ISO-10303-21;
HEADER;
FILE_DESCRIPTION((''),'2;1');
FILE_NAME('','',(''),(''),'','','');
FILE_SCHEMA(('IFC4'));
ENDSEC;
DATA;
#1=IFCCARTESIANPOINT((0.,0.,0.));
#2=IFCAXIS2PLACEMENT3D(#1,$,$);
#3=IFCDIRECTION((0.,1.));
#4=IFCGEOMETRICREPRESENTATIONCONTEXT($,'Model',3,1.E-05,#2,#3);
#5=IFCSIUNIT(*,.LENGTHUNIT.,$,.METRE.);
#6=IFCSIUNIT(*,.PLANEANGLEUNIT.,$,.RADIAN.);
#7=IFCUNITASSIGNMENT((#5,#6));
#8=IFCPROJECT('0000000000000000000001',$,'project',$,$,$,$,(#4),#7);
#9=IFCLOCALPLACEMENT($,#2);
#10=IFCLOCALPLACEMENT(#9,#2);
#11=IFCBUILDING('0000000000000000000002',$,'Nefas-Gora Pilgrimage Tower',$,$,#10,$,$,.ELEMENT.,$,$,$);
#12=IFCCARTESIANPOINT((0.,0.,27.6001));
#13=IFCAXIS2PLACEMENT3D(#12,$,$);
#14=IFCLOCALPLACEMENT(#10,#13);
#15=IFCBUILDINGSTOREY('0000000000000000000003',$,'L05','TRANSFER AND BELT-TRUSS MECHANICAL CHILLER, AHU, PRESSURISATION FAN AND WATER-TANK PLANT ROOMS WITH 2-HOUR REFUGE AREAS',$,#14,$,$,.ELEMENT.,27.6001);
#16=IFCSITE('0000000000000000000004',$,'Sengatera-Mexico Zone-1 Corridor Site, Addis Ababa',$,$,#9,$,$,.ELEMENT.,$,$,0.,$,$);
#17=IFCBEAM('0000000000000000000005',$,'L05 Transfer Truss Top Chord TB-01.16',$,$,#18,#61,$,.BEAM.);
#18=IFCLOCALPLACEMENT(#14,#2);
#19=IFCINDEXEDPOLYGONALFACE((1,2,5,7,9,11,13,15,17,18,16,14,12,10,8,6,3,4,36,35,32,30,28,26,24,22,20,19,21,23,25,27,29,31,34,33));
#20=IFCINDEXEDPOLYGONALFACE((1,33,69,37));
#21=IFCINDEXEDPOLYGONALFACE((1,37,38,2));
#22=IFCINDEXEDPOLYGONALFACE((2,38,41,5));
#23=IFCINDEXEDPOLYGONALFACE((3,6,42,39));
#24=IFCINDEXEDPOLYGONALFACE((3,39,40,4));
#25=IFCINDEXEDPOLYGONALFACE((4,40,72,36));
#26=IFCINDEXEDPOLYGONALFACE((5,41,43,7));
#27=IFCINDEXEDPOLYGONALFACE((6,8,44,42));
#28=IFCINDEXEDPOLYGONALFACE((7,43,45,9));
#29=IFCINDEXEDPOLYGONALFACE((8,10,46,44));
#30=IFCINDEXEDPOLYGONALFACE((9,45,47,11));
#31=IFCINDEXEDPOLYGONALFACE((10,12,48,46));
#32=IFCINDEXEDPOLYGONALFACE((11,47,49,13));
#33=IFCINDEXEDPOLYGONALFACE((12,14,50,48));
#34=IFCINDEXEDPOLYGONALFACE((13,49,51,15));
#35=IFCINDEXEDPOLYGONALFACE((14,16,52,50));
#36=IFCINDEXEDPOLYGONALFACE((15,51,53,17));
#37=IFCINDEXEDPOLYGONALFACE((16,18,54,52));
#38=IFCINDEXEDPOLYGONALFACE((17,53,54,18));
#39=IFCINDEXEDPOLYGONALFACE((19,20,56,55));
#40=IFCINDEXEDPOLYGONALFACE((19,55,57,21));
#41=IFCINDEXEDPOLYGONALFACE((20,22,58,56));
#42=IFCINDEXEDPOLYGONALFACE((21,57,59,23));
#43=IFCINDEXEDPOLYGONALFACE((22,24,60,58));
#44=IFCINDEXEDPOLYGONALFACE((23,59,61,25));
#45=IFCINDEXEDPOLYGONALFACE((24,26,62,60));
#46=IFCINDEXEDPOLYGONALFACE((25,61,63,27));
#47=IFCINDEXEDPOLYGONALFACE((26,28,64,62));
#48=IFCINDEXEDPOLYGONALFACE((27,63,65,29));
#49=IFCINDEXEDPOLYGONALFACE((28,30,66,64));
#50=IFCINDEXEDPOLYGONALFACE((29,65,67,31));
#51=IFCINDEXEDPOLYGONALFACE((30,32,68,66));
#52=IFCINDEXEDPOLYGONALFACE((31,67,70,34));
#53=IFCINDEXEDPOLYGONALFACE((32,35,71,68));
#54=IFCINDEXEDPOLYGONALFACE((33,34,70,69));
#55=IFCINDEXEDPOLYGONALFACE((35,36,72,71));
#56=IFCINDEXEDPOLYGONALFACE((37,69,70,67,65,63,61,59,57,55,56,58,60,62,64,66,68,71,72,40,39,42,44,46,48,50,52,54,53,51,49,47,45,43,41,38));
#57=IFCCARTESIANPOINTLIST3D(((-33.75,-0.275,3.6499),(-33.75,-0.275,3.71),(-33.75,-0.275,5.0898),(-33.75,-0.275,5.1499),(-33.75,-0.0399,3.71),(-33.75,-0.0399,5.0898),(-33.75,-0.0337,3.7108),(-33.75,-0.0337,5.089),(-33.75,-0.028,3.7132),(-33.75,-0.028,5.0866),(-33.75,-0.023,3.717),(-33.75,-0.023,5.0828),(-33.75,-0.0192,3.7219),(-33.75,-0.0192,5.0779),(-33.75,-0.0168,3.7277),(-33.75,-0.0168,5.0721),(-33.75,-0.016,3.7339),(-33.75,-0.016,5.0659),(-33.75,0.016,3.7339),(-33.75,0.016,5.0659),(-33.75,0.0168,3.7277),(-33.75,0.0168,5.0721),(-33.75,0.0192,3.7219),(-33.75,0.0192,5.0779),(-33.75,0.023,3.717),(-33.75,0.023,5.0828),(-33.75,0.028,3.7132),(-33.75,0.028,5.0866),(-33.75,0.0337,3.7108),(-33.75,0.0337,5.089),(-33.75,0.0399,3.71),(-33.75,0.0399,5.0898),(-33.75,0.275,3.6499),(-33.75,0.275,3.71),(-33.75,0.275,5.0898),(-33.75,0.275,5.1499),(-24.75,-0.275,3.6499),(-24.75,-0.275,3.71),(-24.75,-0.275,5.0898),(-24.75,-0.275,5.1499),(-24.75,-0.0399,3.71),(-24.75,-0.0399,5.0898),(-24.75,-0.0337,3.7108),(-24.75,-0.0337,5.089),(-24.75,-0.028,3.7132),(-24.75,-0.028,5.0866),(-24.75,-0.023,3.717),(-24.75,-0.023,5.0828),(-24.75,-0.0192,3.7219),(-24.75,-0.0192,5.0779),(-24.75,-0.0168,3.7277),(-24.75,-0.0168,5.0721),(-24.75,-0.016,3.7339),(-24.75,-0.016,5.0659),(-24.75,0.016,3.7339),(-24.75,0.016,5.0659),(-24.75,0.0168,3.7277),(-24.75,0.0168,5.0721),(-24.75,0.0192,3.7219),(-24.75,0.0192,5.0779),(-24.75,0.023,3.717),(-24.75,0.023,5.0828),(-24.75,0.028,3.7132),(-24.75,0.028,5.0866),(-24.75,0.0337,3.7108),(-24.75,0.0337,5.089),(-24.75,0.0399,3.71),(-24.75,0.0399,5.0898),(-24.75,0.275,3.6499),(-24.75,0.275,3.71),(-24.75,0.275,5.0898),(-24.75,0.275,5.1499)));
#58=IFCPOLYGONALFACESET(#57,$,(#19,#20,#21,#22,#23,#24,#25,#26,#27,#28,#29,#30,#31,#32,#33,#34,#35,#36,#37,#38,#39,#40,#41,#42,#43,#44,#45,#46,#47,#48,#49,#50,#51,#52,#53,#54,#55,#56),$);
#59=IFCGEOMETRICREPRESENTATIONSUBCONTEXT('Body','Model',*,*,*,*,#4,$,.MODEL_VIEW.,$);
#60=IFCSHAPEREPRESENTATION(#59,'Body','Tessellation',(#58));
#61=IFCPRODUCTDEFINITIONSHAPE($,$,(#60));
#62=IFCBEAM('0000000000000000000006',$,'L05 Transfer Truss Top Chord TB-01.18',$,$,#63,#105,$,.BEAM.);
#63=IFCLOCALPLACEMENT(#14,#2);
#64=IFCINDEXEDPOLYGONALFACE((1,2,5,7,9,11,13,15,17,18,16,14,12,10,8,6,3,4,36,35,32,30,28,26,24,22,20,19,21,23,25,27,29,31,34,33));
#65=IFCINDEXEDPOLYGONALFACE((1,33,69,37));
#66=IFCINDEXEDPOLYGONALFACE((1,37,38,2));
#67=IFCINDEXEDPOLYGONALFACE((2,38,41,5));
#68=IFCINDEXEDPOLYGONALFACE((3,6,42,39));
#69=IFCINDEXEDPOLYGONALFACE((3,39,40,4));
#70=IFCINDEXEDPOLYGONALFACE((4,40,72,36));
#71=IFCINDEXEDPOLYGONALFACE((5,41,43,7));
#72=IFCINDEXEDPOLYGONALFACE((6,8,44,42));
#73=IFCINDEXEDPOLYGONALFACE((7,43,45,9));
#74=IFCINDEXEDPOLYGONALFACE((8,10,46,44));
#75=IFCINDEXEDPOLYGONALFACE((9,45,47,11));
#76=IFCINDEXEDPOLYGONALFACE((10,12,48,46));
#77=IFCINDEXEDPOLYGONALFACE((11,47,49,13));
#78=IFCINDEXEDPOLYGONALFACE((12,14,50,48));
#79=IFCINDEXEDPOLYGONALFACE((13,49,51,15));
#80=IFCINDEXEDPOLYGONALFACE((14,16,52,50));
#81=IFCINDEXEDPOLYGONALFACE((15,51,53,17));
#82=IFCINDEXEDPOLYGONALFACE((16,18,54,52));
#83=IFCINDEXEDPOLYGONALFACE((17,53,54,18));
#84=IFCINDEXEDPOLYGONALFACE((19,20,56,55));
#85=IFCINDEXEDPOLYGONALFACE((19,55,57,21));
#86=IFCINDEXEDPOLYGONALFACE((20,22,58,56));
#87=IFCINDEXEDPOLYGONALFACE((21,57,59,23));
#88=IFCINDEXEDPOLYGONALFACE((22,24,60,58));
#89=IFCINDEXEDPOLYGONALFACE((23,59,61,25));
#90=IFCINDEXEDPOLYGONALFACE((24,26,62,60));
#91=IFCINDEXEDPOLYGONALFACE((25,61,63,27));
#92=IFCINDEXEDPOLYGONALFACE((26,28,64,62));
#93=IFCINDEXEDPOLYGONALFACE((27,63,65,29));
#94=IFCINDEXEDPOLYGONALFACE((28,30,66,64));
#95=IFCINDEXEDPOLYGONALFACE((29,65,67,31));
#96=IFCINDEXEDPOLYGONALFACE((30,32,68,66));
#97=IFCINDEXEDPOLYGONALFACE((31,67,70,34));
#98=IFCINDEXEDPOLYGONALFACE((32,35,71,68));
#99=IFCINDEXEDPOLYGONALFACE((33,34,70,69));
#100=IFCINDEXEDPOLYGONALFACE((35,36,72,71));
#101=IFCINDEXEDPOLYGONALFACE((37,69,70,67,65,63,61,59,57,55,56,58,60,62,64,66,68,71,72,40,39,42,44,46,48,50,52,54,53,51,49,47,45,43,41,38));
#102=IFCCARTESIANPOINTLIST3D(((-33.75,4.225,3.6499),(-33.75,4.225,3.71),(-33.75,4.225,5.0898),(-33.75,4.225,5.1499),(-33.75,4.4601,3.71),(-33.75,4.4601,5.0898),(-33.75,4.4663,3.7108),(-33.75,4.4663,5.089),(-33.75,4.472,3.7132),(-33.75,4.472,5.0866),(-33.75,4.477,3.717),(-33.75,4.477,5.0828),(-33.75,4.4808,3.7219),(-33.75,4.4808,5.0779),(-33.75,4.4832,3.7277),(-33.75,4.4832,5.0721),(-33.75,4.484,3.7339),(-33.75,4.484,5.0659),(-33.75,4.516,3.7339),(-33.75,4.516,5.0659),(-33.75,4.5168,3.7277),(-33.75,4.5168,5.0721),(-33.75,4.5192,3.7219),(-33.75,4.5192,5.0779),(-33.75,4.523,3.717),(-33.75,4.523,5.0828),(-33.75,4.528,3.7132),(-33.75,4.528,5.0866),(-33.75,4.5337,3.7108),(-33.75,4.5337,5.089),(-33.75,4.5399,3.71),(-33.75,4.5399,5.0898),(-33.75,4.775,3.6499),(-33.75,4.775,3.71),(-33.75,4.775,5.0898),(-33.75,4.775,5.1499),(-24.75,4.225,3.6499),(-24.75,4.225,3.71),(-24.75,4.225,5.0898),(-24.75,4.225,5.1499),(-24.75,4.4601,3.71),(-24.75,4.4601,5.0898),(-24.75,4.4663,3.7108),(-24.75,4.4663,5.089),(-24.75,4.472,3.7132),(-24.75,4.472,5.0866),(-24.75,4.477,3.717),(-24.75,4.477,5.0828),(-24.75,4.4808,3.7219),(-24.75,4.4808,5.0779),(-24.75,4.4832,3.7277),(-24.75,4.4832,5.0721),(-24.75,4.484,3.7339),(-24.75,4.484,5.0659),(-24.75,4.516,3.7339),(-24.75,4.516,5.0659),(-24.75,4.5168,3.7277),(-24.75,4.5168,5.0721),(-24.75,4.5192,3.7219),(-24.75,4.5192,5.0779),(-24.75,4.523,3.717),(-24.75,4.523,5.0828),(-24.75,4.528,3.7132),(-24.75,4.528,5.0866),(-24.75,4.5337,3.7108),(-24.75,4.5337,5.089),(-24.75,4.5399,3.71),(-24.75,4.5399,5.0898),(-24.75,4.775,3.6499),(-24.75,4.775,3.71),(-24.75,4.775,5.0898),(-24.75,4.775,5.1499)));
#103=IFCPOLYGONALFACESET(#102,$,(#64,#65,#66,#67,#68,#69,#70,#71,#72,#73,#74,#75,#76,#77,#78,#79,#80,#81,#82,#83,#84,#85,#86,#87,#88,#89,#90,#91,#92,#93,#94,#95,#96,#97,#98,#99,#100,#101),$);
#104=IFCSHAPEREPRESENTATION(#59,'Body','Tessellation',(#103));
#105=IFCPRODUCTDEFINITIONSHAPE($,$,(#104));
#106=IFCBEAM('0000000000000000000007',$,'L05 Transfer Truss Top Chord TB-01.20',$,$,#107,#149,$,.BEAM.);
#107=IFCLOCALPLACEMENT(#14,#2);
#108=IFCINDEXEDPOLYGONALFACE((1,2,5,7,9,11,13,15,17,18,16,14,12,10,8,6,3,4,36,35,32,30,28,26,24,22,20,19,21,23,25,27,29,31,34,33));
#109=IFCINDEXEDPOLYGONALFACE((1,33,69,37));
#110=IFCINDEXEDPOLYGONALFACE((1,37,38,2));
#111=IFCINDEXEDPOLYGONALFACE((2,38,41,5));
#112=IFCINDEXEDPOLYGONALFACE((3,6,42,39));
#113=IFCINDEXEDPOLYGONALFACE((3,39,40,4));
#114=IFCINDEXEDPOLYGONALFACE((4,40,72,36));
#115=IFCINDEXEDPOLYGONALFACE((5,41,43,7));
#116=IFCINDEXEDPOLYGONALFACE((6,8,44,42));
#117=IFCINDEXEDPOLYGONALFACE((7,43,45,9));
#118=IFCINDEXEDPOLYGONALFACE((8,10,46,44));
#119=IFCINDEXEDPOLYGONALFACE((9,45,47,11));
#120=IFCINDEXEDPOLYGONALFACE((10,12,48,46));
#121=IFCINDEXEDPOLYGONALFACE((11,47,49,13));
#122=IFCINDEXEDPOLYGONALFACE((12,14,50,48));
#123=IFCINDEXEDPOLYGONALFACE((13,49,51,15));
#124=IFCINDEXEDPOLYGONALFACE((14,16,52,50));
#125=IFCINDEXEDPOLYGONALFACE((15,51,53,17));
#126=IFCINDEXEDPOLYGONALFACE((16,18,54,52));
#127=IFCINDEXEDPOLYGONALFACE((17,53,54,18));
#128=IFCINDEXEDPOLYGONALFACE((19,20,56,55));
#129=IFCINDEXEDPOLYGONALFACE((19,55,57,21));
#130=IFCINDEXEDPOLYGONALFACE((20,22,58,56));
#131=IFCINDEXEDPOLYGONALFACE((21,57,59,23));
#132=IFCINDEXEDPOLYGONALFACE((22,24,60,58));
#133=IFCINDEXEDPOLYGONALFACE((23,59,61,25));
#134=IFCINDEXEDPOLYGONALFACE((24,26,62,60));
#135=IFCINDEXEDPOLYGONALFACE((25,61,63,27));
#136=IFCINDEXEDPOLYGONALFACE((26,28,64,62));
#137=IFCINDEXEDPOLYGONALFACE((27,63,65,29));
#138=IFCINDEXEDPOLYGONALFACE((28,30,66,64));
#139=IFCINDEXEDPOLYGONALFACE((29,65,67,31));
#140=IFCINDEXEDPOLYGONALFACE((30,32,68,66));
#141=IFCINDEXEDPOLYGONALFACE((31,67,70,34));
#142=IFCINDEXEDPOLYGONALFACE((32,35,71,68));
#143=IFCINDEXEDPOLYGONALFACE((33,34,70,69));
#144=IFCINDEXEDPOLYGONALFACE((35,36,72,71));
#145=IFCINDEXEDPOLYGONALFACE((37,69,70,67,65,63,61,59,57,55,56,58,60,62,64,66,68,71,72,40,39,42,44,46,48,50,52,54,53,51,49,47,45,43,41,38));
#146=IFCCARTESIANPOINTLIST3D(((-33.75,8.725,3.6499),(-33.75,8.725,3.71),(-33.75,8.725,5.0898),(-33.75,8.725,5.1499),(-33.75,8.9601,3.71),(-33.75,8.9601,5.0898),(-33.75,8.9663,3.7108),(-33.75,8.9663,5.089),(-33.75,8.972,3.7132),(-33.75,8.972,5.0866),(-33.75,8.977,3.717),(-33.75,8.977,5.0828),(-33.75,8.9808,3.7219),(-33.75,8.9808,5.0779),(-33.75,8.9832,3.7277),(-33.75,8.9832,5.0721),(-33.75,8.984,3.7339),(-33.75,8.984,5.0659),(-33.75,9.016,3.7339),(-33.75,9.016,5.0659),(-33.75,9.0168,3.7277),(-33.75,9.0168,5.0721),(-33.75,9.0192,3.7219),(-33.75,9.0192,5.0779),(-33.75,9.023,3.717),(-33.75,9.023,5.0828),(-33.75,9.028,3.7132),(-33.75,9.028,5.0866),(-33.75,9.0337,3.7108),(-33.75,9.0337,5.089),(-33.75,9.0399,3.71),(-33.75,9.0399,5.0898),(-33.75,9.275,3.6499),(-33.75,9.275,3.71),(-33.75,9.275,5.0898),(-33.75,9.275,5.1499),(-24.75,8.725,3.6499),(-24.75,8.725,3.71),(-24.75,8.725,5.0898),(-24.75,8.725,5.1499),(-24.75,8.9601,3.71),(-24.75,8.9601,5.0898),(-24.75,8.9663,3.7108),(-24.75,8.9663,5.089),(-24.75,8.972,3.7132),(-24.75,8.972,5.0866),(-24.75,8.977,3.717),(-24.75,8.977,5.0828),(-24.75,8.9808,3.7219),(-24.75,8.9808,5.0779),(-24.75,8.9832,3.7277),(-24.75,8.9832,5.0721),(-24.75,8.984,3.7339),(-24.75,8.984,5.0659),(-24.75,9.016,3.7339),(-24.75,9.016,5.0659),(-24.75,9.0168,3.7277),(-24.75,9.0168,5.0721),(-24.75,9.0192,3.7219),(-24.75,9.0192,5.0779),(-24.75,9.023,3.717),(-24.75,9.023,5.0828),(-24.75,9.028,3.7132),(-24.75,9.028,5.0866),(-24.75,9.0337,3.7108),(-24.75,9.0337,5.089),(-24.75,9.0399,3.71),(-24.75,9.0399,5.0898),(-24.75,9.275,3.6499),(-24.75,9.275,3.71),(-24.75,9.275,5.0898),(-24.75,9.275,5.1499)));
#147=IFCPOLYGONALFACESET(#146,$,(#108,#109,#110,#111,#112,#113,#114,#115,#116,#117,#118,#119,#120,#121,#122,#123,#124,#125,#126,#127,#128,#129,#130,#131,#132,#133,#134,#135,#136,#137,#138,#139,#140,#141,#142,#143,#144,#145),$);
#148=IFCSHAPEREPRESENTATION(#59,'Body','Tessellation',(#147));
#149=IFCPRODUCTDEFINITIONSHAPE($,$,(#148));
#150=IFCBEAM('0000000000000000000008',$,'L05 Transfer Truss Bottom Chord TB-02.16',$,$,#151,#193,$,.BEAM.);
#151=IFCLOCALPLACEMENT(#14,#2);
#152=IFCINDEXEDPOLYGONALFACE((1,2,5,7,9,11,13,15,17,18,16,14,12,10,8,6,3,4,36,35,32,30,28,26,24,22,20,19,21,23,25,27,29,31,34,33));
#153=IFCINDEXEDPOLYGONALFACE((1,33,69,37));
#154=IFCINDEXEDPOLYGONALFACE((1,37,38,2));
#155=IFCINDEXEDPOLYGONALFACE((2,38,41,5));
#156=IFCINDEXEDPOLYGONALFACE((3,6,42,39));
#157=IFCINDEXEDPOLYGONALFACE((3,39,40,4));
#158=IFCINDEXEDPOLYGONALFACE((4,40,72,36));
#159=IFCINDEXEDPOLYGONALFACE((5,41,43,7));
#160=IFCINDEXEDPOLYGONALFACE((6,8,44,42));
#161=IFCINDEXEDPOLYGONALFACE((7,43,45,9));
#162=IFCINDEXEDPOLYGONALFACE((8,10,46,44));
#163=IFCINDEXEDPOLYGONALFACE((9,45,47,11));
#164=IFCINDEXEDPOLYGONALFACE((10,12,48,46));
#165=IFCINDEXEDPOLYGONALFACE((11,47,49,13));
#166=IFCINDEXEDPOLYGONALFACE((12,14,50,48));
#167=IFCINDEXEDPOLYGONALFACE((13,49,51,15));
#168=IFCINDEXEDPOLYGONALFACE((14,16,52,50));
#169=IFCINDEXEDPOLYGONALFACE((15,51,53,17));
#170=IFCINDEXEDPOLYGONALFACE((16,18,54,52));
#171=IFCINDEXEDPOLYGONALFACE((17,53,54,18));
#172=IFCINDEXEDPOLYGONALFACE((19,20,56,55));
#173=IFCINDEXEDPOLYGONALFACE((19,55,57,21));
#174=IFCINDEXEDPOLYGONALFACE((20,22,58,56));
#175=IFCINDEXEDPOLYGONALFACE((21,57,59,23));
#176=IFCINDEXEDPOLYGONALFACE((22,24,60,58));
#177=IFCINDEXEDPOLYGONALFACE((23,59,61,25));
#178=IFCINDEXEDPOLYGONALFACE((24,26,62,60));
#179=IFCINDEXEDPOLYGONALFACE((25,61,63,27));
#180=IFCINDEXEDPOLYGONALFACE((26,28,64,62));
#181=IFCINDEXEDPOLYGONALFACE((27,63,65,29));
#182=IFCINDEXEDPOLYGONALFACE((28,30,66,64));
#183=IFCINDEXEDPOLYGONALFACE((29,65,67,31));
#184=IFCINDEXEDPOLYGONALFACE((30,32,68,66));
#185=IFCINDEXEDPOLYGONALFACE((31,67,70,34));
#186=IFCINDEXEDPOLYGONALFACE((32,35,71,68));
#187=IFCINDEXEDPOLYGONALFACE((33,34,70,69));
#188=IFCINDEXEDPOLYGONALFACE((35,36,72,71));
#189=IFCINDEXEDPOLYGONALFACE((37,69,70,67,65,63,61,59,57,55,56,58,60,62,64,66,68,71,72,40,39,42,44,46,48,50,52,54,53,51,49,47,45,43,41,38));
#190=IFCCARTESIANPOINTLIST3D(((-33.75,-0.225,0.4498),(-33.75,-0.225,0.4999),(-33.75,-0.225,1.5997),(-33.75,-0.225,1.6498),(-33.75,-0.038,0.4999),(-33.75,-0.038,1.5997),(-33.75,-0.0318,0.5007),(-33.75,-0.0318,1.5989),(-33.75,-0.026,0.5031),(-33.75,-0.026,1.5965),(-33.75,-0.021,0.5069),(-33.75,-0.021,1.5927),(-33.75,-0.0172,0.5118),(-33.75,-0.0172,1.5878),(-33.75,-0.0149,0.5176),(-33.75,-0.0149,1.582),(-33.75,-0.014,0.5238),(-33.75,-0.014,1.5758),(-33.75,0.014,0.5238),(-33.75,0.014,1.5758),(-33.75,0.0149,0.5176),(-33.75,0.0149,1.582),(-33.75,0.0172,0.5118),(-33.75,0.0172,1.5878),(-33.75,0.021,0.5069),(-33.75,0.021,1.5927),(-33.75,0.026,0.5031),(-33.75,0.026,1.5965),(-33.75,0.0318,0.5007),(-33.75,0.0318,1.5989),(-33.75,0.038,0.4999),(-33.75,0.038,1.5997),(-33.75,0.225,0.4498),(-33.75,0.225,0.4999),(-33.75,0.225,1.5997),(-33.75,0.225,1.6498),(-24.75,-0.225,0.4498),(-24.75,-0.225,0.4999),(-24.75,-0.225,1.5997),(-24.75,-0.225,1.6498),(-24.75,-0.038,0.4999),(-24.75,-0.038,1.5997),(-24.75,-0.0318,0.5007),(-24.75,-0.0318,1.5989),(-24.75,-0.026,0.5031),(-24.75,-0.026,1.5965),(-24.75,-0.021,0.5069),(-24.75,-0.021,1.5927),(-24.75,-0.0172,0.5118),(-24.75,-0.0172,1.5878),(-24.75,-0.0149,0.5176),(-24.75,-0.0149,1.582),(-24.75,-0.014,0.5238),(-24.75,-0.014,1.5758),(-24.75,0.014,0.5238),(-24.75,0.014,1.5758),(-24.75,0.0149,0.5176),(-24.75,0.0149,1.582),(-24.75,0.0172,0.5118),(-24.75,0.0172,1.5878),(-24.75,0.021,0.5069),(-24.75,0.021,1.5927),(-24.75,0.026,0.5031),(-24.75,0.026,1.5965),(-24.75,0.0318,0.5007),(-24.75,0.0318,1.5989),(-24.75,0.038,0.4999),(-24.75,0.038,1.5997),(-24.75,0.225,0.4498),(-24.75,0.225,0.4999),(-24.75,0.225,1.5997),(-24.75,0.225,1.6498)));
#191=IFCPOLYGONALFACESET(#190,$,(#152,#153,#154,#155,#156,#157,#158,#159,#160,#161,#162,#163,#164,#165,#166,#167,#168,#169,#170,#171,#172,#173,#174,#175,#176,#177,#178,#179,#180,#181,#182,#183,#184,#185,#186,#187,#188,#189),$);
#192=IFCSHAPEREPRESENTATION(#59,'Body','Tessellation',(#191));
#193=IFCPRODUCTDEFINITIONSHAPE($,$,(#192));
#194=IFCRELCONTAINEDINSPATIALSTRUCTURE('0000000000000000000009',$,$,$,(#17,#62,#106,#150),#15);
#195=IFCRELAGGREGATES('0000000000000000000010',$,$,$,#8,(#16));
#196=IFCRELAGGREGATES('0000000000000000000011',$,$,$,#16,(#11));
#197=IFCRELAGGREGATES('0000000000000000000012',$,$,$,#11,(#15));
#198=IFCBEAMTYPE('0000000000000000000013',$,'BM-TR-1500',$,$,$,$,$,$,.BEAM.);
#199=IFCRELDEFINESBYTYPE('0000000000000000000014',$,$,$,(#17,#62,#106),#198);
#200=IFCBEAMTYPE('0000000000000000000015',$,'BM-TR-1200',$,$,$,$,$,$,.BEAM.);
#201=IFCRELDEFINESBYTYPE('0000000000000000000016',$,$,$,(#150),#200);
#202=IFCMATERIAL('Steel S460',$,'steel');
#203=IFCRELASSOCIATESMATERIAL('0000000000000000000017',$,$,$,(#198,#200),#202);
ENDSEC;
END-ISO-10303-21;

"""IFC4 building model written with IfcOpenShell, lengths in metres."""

from ifc_helpers import new_model, si_unit, direction, frame, origin, origin_2d, place, context, subcontext, project, spatial, i_section, extrude, source, transform, mapped, material, material_profile, profile_set, type_object, element, save


model = new_model("IFC4")

# Units and contexts
model_context = context("Model", 3, precision=1e-05, world=origin(), true_north=direction((0.0, 1.0)))
body_context = subcontext(model_context, "Body", "Model", "MODEL_VIEW")
ifc_project = project(units=[si_unit("LENGTHUNIT", "METRE"), si_unit("PLANEANGLEUNIT", "RADIAN")], contexts=[model_context])

# Site, building, storey
site_placement = place(None, origin())
site = spatial("IfcSite", under=ifc_project, at=site_placement, Name="Sengatera-Mexico Zone-1 Corridor Site, Addis Ababa", CompositionType="ELEMENT", RefElevation=0.0)
building_placement = place(site_placement, origin())
building = spatial("IfcBuilding", under=site, at=building_placement, Name="Nefas-Gora Pilgrimage Tower", CompositionType="ELEMENT")
storey_placement = place(building_placement, frame((0.0, 0.0, 27.6001)))
storey = spatial("IfcBuildingStorey", under=building, at=storey_placement, Name="L05", Description="TRANSFER AND BELT-TRUSS MECHANICAL CHILLER, AHU, PRESSURISATION FAN AND WATER-TANK PLANT ROOMS WITH 2-HOUR REFUGE AREAS", CompositionType="ELEMENT", Elevation=27.6001)

# Shared definitions
ifc_material_1 = material(Name="Steel S460", Category="steel")

# Shared definitions
ifc_material_profile_1 = material_profile(ifc_material_1, i_section(OverallWidth=0.55, OverallDepth=1.5, WebThickness=0.032, FlangeThickness=0.0601, FilletRadius=0.0239, at=origin_2d()), Name="WPG 1500x550x32x60")
ifc_profile_set_1 = profile_set([ifc_material_profile_1], Name="Steel S460")
beam_type_1 = type_object("IfcBeamType", Name="BM-TR-1500", PredefinedType="BEAM", material=ifc_profile_set_1)
ifc_material_profile_2 = material_profile(ifc_material_1, i_section(OverallWidth=0.45, OverallDepth=1.2, WebThickness=0.0281, FlangeThickness=0.05, FilletRadius=0.0239, at=origin_2d()), Name="WPG 1200x450x28x50")
ifc_profile_set_2 = profile_set([ifc_material_profile_2], Name="Steel S460")
beam_type_2 = type_object("IfcBeamType", Name="BM-TR-1200", PredefinedType="BEAM", material=ifc_profile_set_2)

# Beams
shared_shape_1 = source(origin(), body_context, "Body", "SweptSolid", [
    extrude(i_section(OverallWidth=0.55, OverallDepth=1.5, WebThickness=0.032, FlangeThickness=0.0601, FilletRadius=0.0239, at=origin_2d()), origin(), (0.0, 0.0, 1.0), 9.0),
])
for number, where, z_axis, x_axis, name in (
    (1, (-33.75, 0.0, 4.3999), (1.0, 0.0, 0.0), (0.0, 1.0, 0.0), "L05 Transfer Truss Top Chord TB-01.16"),
    (2, (-33.75, 4.5, 4.3999), (1.0, 0.0, 0.0), (0.0, 1.0, 0.0), "L05 Transfer Truss Top Chord TB-01.18"),
    (3, (-33.75, 9.0, 4.3999), (1.0, 0.0, 0.0), (0.0, 1.0, 0.0), "L05 Transfer Truss Top Chord TB-01.20"),
):
    element("IfcBeam", number, at=place(storey_placement, frame(where, z_axis=z_axis, x_axis=x_axis)), inside=storey, type_object=beam_type_1, Name=name, PredefinedType="BEAM", context=body_context, shape_type="MappedRepresentation", body=[
        mapped(shared_shape_1, transform((0.0, 0.0, 0.0), x_axis=(1.0, 0.0, 0.0), y_axis=(0.0, 1.0, 0.0), z_axis=(0.0, 0.0, 1.0), scale=1.0)),
    ])
shared_shape_2 = source(origin(), body_context, "Body", "SweptSolid", [
    extrude(i_section(OverallWidth=0.45, OverallDepth=1.2, WebThickness=0.0281, FlangeThickness=0.05, FilletRadius=0.0239, at=origin_2d()), origin(), (0.0, 0.0, 1.0), 9.0),
])
for number, where, z_axis, x_axis, name in (
    (4, (-33.75, 0.0, 1.0498), (1.0, 0.0, 0.0), (0.0, 1.0, 0.0), "L05 Transfer Truss Bottom Chord TB-02.16"),
):
    element("IfcBeam", number, at=place(storey_placement, frame(where, z_axis=z_axis, x_axis=x_axis)), inside=storey, type_object=beam_type_2, Name=name, PredefinedType="BEAM", context=body_context, shape_type="MappedRepresentation", body=[
        mapped(shared_shape_2, transform((0.0, 0.0, 0.0), x_axis=(1.0, 0.0, 0.0), y_axis=(0.0, 1.0, 0.0), z_axis=(0.0, 0.0, 1.0), scale=1.0)),
    ])

save(model, "model.ifc")
